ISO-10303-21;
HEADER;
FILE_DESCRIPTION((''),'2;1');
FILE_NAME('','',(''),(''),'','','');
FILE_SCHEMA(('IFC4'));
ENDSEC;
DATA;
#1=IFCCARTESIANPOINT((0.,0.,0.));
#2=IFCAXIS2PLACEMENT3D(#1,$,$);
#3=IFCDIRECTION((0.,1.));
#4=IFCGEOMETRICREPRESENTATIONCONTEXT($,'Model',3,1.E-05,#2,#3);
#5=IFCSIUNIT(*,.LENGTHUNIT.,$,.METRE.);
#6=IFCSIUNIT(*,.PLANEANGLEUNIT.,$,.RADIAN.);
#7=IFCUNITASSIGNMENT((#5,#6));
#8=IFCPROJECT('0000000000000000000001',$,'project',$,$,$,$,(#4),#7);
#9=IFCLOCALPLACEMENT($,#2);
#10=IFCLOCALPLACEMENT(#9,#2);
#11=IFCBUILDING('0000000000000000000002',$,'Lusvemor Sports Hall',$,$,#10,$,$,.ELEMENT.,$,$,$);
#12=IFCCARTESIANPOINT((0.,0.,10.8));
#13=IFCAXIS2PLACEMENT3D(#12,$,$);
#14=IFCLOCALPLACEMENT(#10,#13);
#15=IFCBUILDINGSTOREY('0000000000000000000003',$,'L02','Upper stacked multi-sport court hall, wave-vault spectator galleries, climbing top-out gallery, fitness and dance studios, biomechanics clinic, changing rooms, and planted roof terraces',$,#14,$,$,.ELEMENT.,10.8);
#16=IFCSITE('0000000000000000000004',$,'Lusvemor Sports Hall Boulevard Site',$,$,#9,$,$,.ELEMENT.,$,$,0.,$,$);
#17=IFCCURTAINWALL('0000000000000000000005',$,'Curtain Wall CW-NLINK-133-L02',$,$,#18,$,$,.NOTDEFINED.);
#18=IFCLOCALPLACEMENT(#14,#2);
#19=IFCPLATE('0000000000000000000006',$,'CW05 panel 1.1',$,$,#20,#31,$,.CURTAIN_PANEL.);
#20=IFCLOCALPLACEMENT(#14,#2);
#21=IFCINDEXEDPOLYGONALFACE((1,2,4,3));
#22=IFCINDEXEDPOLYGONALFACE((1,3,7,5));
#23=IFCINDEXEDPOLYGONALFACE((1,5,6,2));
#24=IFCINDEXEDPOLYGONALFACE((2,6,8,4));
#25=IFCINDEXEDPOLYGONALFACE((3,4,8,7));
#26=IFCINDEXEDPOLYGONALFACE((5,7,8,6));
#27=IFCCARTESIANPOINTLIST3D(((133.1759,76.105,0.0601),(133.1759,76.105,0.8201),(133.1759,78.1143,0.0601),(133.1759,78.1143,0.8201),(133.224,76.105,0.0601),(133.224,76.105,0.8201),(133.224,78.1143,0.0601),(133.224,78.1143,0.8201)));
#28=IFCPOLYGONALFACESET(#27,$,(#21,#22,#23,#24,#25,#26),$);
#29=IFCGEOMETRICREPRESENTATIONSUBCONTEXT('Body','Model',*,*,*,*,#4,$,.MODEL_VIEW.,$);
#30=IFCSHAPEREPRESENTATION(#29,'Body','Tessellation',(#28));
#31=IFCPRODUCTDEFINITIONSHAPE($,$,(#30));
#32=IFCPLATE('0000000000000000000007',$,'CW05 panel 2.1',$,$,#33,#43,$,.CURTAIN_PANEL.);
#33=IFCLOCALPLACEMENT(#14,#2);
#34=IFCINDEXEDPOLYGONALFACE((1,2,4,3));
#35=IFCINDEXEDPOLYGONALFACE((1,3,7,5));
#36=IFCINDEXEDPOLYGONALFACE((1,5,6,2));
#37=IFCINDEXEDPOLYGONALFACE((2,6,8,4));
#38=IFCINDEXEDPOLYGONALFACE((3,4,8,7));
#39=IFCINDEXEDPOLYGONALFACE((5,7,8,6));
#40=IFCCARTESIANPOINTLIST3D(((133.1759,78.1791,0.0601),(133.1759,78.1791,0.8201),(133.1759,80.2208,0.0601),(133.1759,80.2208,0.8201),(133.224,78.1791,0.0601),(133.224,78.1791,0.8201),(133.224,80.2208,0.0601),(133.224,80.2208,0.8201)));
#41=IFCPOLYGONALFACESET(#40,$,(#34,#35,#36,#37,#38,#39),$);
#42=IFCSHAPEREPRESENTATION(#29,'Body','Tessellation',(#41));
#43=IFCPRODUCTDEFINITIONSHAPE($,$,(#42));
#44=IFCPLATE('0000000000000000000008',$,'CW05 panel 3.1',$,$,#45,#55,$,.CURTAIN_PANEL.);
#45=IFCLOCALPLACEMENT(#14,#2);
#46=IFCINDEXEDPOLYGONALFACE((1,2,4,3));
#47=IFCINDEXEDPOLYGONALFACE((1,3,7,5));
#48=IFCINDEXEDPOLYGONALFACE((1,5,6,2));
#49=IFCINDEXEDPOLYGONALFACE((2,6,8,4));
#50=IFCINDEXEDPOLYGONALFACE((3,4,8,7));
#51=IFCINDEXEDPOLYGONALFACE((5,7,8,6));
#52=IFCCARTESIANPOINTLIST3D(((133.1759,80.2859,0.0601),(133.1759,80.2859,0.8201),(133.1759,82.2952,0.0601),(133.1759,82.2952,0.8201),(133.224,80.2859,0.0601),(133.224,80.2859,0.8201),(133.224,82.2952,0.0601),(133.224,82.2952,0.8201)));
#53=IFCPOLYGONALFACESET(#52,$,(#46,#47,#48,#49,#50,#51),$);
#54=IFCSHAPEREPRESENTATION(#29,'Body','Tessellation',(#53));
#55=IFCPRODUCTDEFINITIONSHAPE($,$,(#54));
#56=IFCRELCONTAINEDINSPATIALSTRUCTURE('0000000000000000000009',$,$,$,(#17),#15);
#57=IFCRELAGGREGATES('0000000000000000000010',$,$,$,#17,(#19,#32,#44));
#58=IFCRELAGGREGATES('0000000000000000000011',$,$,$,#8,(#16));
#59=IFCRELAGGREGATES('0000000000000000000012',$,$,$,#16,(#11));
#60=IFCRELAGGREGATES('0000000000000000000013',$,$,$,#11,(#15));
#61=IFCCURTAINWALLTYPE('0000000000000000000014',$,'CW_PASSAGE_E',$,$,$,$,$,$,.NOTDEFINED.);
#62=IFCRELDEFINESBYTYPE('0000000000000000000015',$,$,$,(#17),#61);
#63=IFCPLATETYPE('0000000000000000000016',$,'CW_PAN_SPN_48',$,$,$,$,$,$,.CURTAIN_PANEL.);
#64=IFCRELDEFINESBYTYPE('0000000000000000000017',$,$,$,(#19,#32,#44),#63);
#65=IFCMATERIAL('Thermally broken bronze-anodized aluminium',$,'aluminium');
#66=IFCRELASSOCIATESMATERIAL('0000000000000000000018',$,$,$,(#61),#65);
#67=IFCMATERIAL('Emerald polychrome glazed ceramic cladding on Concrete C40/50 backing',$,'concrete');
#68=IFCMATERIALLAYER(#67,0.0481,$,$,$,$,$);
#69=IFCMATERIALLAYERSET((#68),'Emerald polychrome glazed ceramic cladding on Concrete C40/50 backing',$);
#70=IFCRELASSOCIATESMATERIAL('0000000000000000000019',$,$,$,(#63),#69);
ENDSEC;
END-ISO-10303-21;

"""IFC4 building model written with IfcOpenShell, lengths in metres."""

from ifc_helpers import new_model, si_unit, direction, frame, origin, origin_2d, place, context, subcontext, project, spatial, rectangle, extrude, material, layer, layer_set, type_object, element, aggregate, save


model = new_model("IFC4")

# Units and contexts
model_context = context("Model", 3, precision=1e-05, world=origin(), true_north=direction((0.0, 1.0)))
body_context = subcontext(model_context, "Body", "Model", "MODEL_VIEW")
ifc_project = project(units=[si_unit("LENGTHUNIT", "METRE"), si_unit("PLANEANGLEUNIT", "RADIAN")], contexts=[model_context])

# Site, building, storey
site_placement = place(None, origin())
site = spatial("IfcSite", under=ifc_project, at=site_placement, Name="Lusvemor Sports Hall Boulevard Site", CompositionType="ELEMENT", RefElevation=0.0)
building_placement = place(site_placement, origin())
building = spatial("IfcBuilding", under=site, at=building_placement, Name="Lusvemor Sports Hall", CompositionType="ELEMENT")
storey_placement = place(building_placement, frame((0.0, 0.0, 10.8)))
storey = spatial("IfcBuildingStorey", under=building, at=storey_placement, Name="L02", Description="Upper stacked multi-sport court hall, wave-vault spectator galleries, climbing top-out gallery, fitness and dance studios, biomechanics clinic, changing rooms, and planted roof terraces", CompositionType="ELEMENT", Elevation=10.8)

# Curtain wall
ifc_material_1 = material(Name="Thermally broken bronze-anodized aluminium", Category="aluminium")
curtain_wall_type_1 = type_object("IfcCurtainWallType", Name="CW_PASSAGE_E", PredefinedType="NOTDEFINED", material=ifc_material_1)
curtain_wall_1_placement = place(storey_placement, origin())
curtain_wall_1 = element("IfcCurtainWall", 1, at=curtain_wall_1_placement, inside=storey, type_object=curtain_wall_type_1, Name="Curtain Wall CW-NLINK-133-L02", PredefinedType="NOTDEFINED")

# Plates
ifc_material_2 = material(Name="Emerald polychrome glazed ceramic cladding on Concrete C40/50 backing", Category="concrete")
ifc_layer_1 = layer(ifc_material_2, 0.0481)
ifc_layer_set_1 = layer_set([ifc_layer_1], Name="Emerald polychrome glazed ceramic cladding on Concrete C40/50 backing")
plate_type_1 = type_object("IfcPlateType", Name="CW_PAN_SPN_48", PredefinedType="CURTAIN_PANEL", material=ifc_layer_set_1)
plate_1_placement = place(storey_placement, frame((133.2, 77.1096, 0.0601), z_axis=(0.0, 0.0, 1.0), x_axis=(0.0, 1.0, 0.0)))
plate_1 = element("IfcPlate", 2, at=plate_1_placement, type_object=plate_type_1, Name="CW05 panel 1.1", PredefinedType="CURTAIN_PANEL", context=body_context, shape_type="SweptSolid", body=[
    extrude(rectangle(XDim=2.0093, YDim=0.0481, at=origin_2d()), origin(), (0.0, 0.0, 1.0), 0.76),
])
plate_2_placement = place(storey_placement, frame((133.2, 79.2, 0.0601), z_axis=(0.0, 0.0, 1.0), x_axis=(0.0, 1.0, 0.0)))
plate_2 = element("IfcPlate", 3, at=plate_2_placement, type_object=plate_type_1, Name="CW05 panel 2.1", PredefinedType="CURTAIN_PANEL", context=body_context, shape_type="SweptSolid", body=[
    extrude(rectangle(XDim=2.0417, YDim=0.0481, at=origin_2d()), origin(), (0.0, 0.0, 1.0), 0.76),
])
plate_3_placement = place(storey_placement, frame((133.2, 81.2905, 0.0601), z_axis=(0.0, 0.0, 1.0), x_axis=(0.0, 1.0, 0.0)))
plate_3 = element("IfcPlate", 4, at=plate_3_placement, type_object=plate_type_1, Name="CW05 panel 3.1", PredefinedType="CURTAIN_PANEL", context=body_context, shape_type="SweptSolid", body=[
    extrude(rectangle(XDim=2.0093, YDim=0.0481, at=origin_2d()), origin(), (0.0, 0.0, 1.0), 0.76),
])
aggregate(curtain_wall_1, [plate_1, plate_2, plate_3])

save(model, "model.ifc")
